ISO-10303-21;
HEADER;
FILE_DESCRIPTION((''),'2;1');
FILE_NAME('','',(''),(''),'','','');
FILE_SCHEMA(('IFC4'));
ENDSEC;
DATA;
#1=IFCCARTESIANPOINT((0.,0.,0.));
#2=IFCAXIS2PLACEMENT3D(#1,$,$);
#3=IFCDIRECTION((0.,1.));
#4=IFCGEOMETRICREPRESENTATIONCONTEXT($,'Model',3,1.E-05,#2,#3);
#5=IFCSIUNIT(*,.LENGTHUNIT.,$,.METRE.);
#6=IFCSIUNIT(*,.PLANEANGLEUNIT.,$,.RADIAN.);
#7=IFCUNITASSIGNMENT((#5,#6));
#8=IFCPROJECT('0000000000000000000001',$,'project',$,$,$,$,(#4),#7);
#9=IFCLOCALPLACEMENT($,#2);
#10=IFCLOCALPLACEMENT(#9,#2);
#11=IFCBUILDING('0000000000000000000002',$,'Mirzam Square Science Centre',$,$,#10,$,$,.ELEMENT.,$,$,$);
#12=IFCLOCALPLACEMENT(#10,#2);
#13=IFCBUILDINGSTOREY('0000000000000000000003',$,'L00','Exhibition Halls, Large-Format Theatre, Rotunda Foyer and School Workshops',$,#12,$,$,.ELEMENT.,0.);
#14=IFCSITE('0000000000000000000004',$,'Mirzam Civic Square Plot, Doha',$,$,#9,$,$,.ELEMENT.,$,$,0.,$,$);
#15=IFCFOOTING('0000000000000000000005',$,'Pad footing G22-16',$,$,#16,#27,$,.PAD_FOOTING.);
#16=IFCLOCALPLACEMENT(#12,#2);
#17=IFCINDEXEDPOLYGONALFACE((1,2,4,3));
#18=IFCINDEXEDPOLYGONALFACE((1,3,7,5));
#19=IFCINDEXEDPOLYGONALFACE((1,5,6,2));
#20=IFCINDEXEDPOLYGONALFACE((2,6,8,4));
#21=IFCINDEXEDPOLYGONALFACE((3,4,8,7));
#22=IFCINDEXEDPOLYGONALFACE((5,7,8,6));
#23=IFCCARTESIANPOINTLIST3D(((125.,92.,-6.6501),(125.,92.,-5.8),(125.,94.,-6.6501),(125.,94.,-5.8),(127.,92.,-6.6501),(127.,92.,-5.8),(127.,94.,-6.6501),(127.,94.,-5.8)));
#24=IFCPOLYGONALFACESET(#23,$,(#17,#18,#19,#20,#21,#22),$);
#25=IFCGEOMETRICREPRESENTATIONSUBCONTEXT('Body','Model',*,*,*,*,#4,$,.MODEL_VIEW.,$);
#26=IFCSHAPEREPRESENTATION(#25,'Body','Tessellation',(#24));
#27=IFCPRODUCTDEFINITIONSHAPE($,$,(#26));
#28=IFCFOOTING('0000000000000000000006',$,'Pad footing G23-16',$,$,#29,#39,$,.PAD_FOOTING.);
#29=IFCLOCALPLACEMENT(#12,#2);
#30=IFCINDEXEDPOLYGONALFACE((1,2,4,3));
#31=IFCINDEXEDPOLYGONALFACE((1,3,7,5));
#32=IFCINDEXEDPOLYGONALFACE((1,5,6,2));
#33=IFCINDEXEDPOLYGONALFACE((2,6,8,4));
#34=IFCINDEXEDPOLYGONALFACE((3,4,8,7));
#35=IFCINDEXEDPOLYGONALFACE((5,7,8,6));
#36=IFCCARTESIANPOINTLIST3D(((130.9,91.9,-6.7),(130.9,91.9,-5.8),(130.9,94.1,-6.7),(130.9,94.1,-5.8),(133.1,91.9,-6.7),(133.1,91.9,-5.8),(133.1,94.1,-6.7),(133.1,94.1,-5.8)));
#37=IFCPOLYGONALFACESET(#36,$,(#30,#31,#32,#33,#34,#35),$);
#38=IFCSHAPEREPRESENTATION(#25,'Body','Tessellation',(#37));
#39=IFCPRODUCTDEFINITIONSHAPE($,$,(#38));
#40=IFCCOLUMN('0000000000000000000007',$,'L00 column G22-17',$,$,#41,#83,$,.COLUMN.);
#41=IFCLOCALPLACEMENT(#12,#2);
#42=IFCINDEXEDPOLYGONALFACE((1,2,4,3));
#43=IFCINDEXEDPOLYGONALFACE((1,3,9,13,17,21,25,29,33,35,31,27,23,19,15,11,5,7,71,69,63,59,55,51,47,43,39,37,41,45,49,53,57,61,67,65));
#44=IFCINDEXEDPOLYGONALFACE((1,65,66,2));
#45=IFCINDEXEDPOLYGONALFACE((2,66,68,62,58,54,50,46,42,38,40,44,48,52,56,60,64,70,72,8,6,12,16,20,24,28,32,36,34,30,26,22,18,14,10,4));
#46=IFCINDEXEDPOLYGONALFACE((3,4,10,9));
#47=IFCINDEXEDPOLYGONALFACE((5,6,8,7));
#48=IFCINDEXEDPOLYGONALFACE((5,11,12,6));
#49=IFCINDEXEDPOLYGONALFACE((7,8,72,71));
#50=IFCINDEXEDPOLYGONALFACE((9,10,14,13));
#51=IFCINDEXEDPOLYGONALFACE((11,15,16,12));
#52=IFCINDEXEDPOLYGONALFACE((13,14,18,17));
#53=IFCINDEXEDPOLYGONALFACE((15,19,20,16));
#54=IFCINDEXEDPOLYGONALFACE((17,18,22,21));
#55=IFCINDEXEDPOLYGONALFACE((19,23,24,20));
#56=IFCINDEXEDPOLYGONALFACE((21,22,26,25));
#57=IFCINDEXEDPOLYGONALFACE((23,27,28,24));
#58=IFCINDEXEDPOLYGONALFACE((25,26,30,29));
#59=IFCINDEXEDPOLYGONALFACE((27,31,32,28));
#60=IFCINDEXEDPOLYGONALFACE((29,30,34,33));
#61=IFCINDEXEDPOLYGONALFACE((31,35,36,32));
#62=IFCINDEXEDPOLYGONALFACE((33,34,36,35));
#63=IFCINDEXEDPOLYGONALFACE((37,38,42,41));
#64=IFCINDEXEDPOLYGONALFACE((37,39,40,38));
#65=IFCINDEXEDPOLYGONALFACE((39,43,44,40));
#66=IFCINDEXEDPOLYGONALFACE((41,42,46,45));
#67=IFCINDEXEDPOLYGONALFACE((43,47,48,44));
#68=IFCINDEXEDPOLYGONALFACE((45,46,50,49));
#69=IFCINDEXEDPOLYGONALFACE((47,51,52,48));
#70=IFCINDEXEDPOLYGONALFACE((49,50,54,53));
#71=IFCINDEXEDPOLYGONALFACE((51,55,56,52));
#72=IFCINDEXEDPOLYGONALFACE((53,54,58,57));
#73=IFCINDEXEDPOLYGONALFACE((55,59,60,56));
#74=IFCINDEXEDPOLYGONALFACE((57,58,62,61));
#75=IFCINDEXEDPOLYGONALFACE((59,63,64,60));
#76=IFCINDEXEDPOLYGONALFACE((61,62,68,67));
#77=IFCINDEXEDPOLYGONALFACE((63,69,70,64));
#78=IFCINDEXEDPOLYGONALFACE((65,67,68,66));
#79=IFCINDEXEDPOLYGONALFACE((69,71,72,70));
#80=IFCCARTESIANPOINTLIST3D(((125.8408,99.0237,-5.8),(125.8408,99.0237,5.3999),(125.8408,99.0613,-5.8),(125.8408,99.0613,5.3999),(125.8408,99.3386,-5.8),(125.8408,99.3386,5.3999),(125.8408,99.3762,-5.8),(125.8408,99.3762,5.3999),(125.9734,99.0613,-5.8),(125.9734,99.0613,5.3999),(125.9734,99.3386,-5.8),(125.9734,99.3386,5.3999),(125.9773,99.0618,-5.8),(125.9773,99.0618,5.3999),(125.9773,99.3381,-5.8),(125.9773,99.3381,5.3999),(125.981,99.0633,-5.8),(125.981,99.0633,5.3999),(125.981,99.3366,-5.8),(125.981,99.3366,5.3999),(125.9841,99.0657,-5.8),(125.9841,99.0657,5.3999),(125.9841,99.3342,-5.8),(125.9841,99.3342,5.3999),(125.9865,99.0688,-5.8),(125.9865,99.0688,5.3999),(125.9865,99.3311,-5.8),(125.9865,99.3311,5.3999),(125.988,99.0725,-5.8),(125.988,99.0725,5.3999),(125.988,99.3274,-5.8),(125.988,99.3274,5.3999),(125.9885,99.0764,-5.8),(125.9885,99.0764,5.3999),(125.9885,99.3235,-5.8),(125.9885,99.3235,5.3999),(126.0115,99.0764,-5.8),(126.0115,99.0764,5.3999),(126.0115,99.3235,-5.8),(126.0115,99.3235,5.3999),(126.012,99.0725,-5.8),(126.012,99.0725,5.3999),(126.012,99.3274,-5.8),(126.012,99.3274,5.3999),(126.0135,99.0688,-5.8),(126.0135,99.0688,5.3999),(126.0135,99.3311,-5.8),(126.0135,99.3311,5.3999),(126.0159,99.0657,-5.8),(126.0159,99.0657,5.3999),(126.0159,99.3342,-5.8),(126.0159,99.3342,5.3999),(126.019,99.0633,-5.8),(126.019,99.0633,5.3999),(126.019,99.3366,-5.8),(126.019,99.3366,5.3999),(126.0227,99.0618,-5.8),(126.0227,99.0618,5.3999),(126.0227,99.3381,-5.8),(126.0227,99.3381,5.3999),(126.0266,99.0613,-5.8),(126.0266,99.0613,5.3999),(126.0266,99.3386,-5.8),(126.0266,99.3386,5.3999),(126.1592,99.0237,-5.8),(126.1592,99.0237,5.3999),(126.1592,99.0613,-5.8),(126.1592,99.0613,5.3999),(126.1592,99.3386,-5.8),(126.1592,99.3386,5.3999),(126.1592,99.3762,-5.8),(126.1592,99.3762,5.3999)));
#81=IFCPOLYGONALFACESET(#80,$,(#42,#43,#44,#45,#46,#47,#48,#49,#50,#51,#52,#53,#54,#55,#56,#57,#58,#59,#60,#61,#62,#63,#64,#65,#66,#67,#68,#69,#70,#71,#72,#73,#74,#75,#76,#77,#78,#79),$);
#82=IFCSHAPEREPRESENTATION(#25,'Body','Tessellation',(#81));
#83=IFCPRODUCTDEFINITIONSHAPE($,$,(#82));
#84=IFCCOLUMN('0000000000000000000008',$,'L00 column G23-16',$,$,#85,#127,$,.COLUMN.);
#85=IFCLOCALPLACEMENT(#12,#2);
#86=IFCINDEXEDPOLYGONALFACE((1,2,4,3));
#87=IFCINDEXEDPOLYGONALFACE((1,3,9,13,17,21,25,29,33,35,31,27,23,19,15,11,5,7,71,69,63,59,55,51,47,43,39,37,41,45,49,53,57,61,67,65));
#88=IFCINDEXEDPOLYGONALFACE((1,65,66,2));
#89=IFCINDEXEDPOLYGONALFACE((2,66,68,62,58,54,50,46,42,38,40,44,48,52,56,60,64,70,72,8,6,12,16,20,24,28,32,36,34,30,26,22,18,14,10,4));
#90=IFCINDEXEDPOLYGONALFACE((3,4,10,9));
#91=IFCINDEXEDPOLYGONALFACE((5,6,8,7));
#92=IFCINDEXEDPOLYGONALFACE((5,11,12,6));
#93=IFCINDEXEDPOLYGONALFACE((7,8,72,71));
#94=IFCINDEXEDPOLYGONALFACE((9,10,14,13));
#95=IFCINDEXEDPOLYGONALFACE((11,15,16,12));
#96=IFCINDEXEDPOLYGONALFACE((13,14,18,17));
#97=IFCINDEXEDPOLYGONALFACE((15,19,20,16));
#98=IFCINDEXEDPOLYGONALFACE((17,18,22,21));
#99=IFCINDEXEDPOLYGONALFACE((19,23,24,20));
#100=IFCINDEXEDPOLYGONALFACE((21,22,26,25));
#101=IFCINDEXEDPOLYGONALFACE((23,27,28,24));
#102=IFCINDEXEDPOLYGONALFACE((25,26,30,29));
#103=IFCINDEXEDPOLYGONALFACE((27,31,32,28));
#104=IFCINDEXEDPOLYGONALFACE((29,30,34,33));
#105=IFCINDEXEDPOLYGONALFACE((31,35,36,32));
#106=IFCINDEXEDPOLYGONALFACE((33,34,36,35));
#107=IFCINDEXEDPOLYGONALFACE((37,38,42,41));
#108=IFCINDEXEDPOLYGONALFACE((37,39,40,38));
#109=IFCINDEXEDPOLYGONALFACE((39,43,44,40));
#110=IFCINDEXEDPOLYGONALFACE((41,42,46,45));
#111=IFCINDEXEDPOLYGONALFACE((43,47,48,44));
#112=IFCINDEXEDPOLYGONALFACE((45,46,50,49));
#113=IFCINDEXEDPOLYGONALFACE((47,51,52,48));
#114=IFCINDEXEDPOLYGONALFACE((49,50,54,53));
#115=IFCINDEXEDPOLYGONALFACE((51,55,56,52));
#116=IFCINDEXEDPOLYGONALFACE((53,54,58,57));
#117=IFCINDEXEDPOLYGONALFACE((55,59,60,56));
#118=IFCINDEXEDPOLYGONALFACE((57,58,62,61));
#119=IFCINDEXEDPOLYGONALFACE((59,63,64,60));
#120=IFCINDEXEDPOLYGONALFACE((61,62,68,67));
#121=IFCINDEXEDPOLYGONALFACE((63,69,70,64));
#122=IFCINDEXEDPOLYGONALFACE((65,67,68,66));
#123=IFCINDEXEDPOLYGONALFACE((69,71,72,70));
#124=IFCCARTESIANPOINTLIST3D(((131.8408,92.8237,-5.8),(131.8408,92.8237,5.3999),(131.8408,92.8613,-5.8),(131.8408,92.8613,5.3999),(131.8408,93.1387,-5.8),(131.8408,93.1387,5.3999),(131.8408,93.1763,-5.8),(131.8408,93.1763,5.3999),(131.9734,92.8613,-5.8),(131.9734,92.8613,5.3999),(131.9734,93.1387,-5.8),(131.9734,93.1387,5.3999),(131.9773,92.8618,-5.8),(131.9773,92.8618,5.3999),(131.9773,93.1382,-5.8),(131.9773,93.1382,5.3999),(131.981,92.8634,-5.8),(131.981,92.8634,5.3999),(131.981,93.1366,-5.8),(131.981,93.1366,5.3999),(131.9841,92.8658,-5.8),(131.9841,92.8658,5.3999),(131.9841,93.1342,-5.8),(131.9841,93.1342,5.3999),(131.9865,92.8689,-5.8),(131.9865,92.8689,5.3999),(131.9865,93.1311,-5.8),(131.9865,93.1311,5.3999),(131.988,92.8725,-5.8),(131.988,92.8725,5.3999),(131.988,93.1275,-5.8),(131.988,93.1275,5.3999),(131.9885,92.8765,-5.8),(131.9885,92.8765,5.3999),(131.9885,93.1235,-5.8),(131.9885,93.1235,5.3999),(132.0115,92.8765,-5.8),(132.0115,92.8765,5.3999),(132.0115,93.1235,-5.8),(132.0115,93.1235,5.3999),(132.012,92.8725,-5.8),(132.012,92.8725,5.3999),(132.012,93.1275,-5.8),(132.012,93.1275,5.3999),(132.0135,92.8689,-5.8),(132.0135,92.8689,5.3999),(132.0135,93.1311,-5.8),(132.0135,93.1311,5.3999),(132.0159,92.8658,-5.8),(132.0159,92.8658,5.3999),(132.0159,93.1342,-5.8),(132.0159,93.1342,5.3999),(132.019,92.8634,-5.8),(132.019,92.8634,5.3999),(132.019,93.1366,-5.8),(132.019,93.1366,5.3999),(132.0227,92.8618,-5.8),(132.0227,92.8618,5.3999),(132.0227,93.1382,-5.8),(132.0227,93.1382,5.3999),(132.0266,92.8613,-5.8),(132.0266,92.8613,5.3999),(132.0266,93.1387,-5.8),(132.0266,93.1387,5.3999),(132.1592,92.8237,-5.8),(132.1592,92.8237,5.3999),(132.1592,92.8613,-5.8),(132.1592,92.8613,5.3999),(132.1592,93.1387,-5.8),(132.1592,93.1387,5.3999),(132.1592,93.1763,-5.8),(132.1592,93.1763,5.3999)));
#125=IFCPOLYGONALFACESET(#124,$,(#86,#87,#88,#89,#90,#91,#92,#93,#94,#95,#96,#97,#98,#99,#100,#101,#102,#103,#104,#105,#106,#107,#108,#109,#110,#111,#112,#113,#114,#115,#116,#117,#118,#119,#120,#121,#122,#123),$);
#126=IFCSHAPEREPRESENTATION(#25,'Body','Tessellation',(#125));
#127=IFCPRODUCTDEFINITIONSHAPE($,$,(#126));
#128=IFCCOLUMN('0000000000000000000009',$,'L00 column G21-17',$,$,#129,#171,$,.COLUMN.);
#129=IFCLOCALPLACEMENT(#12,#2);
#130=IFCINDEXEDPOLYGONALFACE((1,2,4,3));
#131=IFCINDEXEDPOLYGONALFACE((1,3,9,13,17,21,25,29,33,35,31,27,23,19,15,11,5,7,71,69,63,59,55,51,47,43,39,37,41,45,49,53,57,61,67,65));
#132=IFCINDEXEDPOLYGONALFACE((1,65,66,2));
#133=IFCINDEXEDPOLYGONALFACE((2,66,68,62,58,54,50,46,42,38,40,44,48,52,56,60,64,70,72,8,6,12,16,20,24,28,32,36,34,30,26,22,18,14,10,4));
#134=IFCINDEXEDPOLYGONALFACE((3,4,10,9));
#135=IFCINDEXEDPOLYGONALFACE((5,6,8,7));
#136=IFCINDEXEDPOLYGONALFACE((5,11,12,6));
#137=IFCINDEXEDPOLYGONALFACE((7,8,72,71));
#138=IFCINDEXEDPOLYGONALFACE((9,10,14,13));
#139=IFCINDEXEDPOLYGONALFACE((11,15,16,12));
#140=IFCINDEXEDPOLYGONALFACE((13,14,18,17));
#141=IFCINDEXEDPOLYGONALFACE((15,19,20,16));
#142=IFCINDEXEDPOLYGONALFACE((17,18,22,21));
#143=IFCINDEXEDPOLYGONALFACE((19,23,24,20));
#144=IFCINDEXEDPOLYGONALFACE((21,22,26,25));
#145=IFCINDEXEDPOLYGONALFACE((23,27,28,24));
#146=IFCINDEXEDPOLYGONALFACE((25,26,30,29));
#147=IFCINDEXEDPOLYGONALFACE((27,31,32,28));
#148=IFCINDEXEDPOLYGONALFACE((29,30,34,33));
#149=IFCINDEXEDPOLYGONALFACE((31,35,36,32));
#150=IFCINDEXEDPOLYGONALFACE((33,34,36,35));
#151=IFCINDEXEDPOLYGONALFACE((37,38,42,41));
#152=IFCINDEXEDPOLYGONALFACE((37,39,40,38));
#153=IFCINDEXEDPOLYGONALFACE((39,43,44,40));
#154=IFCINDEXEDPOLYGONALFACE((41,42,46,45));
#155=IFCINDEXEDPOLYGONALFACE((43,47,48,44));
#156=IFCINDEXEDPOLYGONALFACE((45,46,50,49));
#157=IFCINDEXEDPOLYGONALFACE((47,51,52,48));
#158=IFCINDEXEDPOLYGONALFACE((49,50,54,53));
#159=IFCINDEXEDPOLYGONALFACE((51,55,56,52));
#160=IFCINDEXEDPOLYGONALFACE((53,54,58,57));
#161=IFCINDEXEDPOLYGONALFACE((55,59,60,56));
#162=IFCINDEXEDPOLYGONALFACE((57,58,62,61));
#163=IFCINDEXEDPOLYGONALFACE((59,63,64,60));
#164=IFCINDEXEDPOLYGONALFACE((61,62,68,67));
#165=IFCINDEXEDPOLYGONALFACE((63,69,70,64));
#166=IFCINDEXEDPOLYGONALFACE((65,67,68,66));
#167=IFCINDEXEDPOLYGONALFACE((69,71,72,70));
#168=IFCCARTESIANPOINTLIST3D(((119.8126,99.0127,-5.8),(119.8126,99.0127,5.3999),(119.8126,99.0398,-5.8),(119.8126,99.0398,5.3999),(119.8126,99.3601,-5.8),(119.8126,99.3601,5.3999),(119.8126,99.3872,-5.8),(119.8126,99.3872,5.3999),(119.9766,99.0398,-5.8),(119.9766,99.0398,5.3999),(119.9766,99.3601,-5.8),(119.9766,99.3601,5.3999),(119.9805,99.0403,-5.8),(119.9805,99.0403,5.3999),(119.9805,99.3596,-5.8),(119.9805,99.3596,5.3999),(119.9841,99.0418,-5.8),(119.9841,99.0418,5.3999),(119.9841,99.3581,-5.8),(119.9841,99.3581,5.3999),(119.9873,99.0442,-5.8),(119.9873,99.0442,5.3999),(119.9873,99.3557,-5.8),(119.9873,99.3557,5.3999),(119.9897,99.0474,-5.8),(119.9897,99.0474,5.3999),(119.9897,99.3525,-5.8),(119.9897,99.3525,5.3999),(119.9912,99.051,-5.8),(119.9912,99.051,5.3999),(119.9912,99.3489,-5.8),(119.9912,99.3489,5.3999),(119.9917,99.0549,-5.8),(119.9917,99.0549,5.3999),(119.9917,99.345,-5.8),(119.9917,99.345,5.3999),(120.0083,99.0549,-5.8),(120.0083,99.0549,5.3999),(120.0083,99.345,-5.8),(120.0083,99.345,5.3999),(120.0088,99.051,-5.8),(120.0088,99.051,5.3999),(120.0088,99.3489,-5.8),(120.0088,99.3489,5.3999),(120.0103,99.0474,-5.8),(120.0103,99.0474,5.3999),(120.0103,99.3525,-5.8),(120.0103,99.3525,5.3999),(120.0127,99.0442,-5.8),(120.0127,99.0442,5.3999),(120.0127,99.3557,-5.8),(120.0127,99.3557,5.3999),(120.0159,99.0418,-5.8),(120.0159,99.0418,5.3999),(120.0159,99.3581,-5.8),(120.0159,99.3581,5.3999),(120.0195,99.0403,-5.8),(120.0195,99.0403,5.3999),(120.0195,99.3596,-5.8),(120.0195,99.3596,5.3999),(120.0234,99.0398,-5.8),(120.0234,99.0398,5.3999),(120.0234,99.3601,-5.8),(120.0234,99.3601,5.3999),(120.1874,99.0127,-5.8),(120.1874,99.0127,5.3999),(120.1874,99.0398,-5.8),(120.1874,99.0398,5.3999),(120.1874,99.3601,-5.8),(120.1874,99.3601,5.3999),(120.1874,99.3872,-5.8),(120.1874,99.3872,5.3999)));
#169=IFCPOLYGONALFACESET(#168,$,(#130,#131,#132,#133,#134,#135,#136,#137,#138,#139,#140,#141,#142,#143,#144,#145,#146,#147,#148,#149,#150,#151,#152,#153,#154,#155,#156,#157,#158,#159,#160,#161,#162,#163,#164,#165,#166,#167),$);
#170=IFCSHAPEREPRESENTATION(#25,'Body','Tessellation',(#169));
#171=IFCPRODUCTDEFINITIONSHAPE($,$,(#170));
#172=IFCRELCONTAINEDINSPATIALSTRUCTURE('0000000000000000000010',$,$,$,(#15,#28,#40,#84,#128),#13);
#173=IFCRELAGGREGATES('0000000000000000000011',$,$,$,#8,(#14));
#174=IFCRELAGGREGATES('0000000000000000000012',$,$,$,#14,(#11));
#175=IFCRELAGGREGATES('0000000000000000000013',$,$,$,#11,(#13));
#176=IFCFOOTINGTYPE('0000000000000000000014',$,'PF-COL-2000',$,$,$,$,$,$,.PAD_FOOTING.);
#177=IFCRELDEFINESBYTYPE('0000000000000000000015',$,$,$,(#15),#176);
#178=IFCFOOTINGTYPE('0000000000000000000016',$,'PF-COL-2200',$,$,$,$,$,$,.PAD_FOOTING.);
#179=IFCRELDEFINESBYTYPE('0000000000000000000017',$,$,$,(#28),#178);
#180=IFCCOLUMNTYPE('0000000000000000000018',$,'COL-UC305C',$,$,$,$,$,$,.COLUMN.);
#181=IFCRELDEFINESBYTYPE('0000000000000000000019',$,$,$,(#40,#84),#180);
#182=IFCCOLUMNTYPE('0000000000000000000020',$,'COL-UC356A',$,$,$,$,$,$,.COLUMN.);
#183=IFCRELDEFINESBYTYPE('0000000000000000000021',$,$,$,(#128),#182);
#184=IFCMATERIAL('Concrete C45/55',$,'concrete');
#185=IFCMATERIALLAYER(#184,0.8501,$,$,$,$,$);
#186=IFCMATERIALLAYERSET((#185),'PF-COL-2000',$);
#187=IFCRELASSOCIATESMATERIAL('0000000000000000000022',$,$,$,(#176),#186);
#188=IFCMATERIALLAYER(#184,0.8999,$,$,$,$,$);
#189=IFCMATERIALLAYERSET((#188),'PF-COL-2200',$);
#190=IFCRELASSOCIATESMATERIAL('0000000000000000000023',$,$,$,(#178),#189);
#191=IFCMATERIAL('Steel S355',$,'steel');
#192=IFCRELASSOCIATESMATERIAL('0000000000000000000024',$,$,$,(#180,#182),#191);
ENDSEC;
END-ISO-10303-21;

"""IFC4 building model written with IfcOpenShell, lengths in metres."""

from ifc_helpers import new_model, si_unit, direction, frame, origin, origin_2d, place, context, subcontext, project, spatial, rectangle, i_section, extrude, material, layer, layer_set, material_profile, profile_set, type_object, element, save


model = new_model("IFC4")

# Units and contexts
model_context = context("Model", 3, precision=1e-05, world=origin(), true_north=direction((0.0, 1.0)))
body_context = subcontext(model_context, "Body", "Model", "MODEL_VIEW")
ifc_project = project(units=[si_unit("LENGTHUNIT", "METRE"), si_unit("PLANEANGLEUNIT", "RADIAN")], contexts=[model_context])

# Site, building, storey
site_placement = place(None, origin())
site = spatial("IfcSite", under=ifc_project, at=site_placement, Name="Mirzam Civic Square Plot, Doha", CompositionType="ELEMENT", RefElevation=0.0)
building_placement = place(site_placement, origin())
building = spatial("IfcBuilding", under=site, at=building_placement, Name="Mirzam Square Science Centre", CompositionType="ELEMENT")
storey_placement = place(building_placement, origin())
storey = spatial("IfcBuildingStorey", under=building, at=storey_placement, Name="L00", Description="Exhibition Halls, Large-Format Theatre, Rotunda Foyer and School Workshops", CompositionType="ELEMENT", Elevation=0.0)

# Footings
ifc_material_1 = material(Name="Concrete C45/55", Category="concrete")
ifc_layer_1 = layer(ifc_material_1, 0.8501)
ifc_layer_set_1 = layer_set([ifc_layer_1], Name="PF-COL-2000")
footing_type_1 = type_object("IfcFootingType", Name="PF-COL-2000", PredefinedType="PAD_FOOTING", material=ifc_layer_set_1)
footing_1_placement = place(storey_placement, frame((126.0, 93.0, -6.6501), z_axis=(0.0, 0.0, 1.0), x_axis=(1.0, 0.0, 0.0)))
element("IfcFooting", 1, at=footing_1_placement, inside=storey, type_object=footing_type_1, Name="Pad footing G22-16", PredefinedType="PAD_FOOTING", context=body_context, shape_type="SweptSolid", body=[
    extrude(rectangle(XDim=2.0, YDim=2.0, at=origin_2d()), origin(), (0.0, 0.0, 1.0), 0.8501),
])
ifc_layer_2 = layer(ifc_material_1, 0.8999)
ifc_layer_set_2 = layer_set([ifc_layer_2], Name="PF-COL-2200")
footing_type_2 = type_object("IfcFootingType", Name="PF-COL-2200", PredefinedType="PAD_FOOTING", material=ifc_layer_set_2)
footing_2_placement = place(storey_placement, frame((132.0, 93.0, -6.7), z_axis=(0.0, 0.0, 1.0), x_axis=(1.0, 0.0, 0.0)))
element("IfcFooting", 2, at=footing_2_placement, inside=storey, type_object=footing_type_2, Name="Pad footing G23-16", PredefinedType="PAD_FOOTING", context=body_context, shape_type="SweptSolid", body=[
    extrude(rectangle(XDim=2.2, YDim=2.2, at=origin_2d()), origin(), (0.0, 0.0, 1.0), 0.8999),
])

# Columns
ifc_material_2 = material(Name="Steel S355", Category="steel")
ifc_material_profile_1 = material_profile(ifc_material_2, i_section(OverallWidth=0.3184, OverallDepth=0.3525, WebThickness=0.0229, FlangeThickness=0.0376, FilletRadius=0.0151, at=origin_2d()), Name="305x305x240UC")
ifc_profile_set_1 = profile_set([ifc_material_profile_1], Name="Steel S355")
column_type_1 = type_object("IfcColumnType", Name="COL-UC305C", PredefinedType="COLUMN", material=ifc_profile_set_1)
for number, where, z_axis, x_axis, name in (
    (3, (126.0, 99.2, -5.8), (0.0, 0.0, 1.0), (1.0, 0.0, 0.0), "L00 column G22-17"),
    (4, (132.0, 93.0, -5.8), (0.0, 0.0, 1.0), (1.0, 0.0, 0.0), "L00 column G23-16"),
):
    element("IfcColumn", number, at=place(storey_placement, frame(where, z_axis=z_axis, x_axis=x_axis)), inside=storey, type_object=column_type_1, Name=name, PredefinedType="COLUMN", context=body_context, shape_type="SweptSolid", body=[
        extrude(i_section(OverallWidth=0.3184, OverallDepth=0.3525, WebThickness=0.0229, FlangeThickness=0.0376, FilletRadius=0.0151, at=origin_2d()), origin(), (0.0, 0.0, 1.0), 11.2),
    ])
ifc_material_profile_2 = material_profile(ifc_material_2, i_section(OverallWidth=0.3748, OverallDepth=0.3745, WebThickness=0.0166, FlangeThickness=0.0271, FilletRadius=0.0151, at=origin_2d()), Name="356x368x202UC")
ifc_profile_set_2 = profile_set([ifc_material_profile_2], Name="Steel S355")
column_type_2 = type_object("IfcColumnType", Name="COL-UC356A", PredefinedType="COLUMN", material=ifc_profile_set_2)
for number, where, z_axis, x_axis, name in (
    (5, (120.0, 99.2, -5.8), (0.0, 0.0, 1.0), (1.0, 0.0, 0.0), "L00 column G21-17"),
):
    element("IfcColumn", number, at=place(storey_placement, frame(where, z_axis=z_axis, x_axis=x_axis)), inside=storey, type_object=column_type_2, Name=name, PredefinedType="COLUMN", context=body_context, shape_type="SweptSolid", body=[
        extrude(i_section(OverallWidth=0.3748, OverallDepth=0.3745, WebThickness=0.0166, FlangeThickness=0.0271, FilletRadius=0.0151, at=origin_2d()), origin(), (0.0, 0.0, 1.0), 11.2),
    ])

save(model, "model.ifc")
